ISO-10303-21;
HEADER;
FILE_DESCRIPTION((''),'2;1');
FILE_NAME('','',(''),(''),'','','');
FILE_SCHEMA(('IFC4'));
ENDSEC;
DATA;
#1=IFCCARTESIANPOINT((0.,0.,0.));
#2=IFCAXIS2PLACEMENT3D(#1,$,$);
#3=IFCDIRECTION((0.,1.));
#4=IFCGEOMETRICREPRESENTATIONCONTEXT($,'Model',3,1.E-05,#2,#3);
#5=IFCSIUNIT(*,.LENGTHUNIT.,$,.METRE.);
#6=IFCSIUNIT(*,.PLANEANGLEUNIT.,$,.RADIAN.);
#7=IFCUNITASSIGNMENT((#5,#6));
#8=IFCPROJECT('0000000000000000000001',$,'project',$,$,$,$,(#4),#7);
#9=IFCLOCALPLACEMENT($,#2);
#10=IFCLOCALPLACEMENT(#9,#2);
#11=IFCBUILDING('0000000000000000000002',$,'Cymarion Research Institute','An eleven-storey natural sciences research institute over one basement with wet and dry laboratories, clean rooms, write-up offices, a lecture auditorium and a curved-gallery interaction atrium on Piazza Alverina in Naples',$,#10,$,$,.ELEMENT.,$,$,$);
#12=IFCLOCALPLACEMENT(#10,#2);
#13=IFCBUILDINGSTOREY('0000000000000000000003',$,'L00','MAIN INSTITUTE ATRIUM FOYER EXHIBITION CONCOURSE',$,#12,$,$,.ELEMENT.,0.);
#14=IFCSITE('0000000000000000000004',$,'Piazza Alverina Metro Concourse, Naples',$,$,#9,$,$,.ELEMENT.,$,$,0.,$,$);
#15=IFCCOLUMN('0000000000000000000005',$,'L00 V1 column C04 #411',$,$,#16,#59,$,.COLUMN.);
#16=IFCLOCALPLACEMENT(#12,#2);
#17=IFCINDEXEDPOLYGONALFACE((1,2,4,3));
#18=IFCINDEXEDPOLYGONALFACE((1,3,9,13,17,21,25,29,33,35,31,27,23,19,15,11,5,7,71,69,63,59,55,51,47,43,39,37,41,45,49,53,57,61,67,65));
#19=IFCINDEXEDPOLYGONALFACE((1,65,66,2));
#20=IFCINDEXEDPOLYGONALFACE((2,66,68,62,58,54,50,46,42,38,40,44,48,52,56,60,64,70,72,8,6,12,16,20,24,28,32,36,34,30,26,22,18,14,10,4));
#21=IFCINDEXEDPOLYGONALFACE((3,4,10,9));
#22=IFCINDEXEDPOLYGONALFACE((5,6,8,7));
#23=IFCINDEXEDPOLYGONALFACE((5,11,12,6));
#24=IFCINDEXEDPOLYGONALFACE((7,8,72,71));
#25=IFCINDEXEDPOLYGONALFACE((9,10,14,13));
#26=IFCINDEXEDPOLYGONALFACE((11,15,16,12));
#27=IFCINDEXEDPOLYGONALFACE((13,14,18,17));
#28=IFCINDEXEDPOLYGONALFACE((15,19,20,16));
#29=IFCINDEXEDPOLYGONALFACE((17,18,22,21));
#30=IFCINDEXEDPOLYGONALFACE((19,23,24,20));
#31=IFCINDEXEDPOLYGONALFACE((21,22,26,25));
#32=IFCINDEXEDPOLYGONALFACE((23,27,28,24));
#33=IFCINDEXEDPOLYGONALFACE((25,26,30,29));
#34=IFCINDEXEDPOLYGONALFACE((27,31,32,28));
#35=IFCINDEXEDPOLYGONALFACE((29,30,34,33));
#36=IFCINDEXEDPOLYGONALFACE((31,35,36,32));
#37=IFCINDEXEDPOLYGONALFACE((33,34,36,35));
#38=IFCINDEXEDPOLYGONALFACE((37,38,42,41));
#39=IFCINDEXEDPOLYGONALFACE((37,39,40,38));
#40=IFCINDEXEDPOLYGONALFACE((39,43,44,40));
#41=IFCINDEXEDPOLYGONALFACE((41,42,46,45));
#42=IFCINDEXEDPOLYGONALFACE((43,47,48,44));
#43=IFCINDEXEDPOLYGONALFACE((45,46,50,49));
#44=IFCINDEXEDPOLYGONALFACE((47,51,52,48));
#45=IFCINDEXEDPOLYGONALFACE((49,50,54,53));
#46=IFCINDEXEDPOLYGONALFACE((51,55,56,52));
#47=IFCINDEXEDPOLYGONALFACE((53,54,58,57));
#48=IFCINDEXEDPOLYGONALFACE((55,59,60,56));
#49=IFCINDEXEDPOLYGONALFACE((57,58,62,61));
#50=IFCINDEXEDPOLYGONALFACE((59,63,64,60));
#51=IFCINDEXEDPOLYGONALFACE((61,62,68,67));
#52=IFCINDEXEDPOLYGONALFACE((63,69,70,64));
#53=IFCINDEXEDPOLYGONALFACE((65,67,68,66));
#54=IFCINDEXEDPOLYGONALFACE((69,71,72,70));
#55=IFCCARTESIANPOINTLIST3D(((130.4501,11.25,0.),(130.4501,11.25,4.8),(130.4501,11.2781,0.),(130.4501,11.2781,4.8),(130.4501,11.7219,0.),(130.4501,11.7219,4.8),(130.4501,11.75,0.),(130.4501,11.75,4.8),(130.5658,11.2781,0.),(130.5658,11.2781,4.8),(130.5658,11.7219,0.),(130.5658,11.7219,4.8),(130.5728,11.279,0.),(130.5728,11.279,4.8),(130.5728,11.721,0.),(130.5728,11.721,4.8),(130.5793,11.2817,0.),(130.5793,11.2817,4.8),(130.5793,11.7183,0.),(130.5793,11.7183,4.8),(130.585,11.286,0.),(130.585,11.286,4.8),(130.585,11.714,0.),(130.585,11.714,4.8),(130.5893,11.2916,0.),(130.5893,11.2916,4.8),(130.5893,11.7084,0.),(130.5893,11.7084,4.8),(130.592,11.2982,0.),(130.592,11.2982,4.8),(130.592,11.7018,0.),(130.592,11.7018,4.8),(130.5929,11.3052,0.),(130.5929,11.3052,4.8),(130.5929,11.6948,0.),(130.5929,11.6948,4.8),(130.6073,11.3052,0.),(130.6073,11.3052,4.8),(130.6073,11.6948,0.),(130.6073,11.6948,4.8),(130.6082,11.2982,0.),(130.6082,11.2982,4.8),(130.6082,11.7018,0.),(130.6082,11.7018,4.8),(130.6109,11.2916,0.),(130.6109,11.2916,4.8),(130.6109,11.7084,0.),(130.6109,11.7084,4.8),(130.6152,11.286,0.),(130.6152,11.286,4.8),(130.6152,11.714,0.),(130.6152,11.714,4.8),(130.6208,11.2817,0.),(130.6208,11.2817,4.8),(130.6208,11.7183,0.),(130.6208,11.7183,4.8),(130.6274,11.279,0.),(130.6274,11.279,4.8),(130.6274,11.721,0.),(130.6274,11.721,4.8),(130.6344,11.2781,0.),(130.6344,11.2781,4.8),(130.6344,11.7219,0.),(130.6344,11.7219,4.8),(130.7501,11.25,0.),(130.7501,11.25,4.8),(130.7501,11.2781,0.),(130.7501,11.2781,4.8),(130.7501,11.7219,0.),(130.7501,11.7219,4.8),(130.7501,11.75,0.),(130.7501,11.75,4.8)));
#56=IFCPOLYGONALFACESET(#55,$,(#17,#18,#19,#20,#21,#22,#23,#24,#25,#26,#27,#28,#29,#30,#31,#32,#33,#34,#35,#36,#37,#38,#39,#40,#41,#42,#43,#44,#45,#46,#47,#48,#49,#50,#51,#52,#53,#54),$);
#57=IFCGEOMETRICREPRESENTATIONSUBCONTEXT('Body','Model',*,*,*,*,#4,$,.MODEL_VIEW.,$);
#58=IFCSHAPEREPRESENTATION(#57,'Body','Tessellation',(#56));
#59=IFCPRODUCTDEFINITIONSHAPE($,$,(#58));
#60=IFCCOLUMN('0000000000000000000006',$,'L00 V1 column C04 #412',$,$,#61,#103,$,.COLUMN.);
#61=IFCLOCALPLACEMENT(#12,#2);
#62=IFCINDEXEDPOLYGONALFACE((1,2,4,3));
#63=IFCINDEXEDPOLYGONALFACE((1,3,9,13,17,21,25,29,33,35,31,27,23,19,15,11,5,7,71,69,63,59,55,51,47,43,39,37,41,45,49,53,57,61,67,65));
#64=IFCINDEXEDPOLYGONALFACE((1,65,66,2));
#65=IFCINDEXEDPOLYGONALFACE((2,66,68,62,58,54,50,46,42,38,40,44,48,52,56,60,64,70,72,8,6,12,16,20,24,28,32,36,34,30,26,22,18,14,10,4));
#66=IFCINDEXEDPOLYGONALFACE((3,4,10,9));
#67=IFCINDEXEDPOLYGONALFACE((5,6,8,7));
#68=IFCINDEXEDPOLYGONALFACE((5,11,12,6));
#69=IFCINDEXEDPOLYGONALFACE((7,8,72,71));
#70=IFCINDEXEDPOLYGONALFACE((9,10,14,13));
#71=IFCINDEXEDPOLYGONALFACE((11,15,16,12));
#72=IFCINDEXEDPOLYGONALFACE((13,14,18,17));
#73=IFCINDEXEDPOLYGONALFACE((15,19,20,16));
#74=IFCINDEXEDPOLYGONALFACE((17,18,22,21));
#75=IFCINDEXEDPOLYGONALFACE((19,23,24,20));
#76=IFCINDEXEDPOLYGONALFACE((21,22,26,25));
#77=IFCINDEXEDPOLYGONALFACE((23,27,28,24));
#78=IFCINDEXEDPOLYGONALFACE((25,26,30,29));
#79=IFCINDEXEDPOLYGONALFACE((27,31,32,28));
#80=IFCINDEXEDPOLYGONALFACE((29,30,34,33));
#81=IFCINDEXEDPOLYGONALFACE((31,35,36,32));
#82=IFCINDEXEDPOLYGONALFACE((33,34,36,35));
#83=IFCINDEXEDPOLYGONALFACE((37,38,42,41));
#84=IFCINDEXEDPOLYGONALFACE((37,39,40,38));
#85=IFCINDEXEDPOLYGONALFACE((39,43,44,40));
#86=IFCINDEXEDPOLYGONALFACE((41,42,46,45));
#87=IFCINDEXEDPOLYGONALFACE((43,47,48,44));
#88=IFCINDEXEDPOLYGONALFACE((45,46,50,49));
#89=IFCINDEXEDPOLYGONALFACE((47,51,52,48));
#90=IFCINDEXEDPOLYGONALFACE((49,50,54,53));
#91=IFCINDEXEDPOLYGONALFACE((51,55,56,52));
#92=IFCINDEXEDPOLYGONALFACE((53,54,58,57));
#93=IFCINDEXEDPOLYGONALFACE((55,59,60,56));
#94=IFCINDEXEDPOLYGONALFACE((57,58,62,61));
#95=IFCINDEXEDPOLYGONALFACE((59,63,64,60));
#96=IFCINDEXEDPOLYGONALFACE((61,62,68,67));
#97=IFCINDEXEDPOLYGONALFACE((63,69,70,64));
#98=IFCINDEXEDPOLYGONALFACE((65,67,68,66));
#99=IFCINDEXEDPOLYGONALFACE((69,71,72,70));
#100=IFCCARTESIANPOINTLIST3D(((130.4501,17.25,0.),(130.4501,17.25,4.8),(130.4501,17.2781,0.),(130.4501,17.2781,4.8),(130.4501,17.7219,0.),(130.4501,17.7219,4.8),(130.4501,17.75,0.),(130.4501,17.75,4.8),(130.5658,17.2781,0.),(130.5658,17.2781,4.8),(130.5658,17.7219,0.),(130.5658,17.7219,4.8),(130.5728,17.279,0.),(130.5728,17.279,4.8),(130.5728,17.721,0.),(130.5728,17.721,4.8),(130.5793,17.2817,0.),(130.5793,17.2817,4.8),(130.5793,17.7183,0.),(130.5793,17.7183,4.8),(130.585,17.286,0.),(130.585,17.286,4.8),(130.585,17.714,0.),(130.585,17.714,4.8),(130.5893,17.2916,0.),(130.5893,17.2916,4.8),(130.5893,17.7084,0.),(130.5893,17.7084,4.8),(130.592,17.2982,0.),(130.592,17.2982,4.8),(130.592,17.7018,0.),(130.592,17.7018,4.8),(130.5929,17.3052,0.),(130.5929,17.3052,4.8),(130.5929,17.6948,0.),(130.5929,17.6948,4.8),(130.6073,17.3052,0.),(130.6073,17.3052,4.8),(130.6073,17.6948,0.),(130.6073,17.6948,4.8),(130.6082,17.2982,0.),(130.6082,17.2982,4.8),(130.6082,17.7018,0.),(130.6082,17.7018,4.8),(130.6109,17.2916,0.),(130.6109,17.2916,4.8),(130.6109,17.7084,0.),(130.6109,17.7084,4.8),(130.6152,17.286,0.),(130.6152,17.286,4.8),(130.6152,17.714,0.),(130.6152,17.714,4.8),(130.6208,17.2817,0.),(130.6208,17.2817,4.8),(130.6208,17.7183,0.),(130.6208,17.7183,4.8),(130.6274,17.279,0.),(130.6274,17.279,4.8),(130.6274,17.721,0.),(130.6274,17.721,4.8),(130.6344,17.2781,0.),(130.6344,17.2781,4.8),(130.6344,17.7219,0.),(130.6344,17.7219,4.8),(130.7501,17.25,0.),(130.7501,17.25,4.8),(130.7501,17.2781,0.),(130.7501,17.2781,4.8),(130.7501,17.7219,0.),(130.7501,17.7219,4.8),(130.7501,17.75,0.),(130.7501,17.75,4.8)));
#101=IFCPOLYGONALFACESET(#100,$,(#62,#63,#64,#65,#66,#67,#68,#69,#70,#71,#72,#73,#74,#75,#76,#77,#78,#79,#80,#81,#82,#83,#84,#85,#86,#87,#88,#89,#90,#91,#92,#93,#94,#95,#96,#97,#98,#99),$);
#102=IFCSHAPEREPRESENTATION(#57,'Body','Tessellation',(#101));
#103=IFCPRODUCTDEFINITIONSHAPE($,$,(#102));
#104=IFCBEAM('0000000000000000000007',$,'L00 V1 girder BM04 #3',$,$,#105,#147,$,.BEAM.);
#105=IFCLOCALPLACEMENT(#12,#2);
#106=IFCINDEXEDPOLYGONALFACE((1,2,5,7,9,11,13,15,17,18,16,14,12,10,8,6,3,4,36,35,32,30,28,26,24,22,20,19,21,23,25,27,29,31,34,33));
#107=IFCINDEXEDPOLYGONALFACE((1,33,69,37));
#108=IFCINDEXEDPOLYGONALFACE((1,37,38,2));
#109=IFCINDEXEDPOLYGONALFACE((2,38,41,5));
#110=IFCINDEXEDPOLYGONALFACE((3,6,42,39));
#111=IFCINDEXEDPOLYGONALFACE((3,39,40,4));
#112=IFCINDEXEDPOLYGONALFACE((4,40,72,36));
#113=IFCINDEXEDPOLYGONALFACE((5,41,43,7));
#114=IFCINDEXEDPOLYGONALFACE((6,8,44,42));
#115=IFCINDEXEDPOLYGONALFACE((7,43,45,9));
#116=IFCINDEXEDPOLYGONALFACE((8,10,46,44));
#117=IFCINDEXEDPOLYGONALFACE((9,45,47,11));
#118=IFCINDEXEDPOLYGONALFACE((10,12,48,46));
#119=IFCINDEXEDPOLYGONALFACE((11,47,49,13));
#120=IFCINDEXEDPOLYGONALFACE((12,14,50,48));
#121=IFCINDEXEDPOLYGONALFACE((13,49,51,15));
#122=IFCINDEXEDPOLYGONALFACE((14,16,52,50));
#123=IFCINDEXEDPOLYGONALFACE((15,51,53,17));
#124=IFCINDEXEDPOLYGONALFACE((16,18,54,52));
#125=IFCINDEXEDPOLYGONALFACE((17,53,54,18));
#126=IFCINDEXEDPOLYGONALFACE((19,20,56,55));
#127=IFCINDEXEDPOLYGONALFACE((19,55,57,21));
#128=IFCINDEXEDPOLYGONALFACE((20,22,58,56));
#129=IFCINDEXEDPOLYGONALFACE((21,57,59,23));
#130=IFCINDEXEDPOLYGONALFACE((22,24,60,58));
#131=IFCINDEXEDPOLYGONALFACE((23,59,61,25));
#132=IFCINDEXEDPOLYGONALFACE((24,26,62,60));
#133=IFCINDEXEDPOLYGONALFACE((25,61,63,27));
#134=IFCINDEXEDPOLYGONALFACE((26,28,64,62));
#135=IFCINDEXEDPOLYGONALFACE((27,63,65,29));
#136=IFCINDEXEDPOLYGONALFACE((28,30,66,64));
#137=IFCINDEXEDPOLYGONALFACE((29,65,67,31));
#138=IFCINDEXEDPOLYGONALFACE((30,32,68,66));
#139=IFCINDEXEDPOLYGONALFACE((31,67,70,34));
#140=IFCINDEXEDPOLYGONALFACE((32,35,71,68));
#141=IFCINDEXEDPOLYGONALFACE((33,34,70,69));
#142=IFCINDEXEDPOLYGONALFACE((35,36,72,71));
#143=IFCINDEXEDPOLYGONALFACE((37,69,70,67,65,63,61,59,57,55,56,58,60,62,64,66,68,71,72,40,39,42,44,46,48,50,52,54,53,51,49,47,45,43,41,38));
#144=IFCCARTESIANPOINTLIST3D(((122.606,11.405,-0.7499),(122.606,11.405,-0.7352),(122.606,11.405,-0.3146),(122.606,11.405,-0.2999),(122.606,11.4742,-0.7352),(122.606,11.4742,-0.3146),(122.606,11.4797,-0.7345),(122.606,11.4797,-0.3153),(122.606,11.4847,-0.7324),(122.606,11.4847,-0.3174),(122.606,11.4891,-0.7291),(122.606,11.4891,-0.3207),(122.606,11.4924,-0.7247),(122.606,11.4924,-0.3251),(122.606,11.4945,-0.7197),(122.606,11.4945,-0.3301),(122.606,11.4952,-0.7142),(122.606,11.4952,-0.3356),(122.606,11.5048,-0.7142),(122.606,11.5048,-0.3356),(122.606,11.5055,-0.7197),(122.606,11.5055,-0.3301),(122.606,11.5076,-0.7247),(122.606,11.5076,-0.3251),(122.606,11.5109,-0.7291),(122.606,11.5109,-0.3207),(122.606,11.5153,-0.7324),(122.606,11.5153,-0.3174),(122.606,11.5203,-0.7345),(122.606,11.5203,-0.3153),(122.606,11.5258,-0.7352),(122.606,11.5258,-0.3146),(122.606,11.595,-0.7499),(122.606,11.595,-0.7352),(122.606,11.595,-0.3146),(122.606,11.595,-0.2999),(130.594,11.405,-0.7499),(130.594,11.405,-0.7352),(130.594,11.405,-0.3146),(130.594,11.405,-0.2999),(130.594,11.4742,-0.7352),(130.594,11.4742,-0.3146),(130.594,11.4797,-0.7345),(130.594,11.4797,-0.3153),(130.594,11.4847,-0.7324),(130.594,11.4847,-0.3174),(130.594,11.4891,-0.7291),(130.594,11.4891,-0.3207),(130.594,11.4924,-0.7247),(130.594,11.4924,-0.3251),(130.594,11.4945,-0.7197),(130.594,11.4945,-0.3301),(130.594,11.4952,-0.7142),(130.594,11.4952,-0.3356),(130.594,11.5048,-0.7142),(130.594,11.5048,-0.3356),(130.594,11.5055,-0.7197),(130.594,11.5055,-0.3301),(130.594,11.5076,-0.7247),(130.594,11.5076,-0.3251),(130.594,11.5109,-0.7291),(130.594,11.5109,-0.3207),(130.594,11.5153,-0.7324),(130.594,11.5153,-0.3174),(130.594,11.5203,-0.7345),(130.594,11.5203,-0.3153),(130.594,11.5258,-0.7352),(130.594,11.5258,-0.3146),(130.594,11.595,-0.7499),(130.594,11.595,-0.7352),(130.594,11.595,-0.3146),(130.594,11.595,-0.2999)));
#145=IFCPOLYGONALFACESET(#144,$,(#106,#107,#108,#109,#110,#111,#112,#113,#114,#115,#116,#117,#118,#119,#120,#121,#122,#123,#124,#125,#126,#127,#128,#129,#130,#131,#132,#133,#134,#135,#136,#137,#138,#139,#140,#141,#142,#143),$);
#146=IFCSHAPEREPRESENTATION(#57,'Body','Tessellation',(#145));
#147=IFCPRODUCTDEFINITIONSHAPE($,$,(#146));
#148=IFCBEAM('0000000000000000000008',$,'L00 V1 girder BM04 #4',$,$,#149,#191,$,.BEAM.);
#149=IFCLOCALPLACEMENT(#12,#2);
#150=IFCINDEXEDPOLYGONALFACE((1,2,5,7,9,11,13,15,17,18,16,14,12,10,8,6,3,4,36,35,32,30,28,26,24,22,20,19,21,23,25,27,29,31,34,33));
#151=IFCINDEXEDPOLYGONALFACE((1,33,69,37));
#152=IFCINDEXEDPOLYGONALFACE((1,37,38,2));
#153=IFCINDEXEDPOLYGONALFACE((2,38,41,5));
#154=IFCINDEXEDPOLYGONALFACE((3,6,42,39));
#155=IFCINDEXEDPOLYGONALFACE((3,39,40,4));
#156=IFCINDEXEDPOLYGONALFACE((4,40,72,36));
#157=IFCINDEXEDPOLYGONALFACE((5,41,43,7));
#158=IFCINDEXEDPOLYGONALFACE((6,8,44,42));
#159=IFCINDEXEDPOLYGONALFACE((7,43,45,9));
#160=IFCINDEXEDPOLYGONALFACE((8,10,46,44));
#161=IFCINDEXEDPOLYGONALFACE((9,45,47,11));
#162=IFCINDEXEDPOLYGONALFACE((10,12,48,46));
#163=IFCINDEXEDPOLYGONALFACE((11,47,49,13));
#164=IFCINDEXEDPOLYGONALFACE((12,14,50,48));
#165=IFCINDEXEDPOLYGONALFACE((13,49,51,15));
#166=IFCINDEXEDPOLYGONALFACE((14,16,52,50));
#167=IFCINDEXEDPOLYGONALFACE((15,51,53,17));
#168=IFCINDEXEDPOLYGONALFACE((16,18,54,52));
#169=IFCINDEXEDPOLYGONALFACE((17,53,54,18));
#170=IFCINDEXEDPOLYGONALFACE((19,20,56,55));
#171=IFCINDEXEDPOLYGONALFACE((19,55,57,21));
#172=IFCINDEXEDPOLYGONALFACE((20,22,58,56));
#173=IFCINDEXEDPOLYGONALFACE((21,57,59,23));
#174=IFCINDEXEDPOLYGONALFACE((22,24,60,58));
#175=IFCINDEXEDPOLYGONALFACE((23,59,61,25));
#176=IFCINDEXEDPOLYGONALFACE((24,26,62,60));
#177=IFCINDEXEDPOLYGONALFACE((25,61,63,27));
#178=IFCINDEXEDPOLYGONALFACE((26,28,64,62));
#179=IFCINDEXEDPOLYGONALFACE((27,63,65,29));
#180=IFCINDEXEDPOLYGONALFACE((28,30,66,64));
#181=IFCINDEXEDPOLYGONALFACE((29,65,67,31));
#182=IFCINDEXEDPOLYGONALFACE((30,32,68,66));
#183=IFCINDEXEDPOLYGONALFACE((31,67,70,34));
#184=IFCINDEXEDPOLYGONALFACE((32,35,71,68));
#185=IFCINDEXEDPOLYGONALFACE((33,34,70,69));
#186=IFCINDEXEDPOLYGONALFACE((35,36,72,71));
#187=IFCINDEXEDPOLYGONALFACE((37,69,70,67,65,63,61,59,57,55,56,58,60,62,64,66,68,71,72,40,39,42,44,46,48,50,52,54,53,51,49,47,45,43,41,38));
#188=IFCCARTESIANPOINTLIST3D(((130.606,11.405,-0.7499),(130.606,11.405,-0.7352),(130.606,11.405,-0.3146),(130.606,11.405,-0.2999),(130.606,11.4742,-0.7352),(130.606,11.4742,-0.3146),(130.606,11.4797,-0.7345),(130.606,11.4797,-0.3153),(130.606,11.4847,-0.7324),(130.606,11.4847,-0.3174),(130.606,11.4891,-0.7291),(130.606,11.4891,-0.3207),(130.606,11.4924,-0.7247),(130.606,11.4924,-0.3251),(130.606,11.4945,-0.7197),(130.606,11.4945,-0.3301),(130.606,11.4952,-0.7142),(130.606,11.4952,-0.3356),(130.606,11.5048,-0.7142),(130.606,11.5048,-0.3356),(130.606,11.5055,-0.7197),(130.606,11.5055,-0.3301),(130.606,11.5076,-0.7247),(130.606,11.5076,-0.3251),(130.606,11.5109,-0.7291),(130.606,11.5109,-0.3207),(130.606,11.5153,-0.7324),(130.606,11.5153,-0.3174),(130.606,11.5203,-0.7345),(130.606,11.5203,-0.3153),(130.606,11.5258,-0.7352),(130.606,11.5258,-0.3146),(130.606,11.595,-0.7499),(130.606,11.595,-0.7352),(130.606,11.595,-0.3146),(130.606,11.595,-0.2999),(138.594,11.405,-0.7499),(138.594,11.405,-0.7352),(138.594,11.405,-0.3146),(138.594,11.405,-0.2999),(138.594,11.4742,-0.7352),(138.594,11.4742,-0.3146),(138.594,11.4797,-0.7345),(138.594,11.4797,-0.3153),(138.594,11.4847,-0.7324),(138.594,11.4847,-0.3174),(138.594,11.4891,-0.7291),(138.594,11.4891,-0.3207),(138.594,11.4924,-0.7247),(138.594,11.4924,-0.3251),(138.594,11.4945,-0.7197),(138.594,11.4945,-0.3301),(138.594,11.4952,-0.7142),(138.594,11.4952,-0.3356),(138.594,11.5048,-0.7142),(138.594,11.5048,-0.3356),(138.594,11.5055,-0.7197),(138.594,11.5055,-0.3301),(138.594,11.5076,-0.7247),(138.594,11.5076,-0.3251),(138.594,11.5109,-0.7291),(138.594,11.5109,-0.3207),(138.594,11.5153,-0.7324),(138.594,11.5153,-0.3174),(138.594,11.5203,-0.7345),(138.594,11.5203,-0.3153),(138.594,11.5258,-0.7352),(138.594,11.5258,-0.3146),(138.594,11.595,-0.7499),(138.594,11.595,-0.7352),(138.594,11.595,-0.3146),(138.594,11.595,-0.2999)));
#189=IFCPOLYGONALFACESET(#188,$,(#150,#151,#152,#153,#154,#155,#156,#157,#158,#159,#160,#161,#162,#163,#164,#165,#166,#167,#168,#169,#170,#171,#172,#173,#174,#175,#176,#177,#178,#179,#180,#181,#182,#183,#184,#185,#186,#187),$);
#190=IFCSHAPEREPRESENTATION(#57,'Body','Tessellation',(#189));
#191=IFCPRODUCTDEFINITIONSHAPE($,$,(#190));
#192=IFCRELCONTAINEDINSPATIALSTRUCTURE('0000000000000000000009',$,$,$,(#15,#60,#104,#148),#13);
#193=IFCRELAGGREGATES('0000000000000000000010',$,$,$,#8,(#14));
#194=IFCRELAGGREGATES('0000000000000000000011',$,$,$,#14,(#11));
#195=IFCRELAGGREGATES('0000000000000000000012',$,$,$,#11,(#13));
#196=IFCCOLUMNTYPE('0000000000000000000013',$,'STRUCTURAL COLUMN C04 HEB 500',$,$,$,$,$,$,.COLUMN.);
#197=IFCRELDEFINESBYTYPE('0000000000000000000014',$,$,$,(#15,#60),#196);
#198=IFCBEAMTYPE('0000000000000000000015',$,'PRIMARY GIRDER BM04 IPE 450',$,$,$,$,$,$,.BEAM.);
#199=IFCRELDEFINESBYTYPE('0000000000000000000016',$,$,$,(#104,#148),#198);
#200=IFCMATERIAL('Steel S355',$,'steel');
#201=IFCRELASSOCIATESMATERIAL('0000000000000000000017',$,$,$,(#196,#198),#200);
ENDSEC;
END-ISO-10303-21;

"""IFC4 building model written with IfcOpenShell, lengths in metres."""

from ifc_helpers import new_model, si_unit, direction, frame, origin, origin_2d, place, context, subcontext, project, spatial, i_section, extrude, material, material_profile, profile_set, type_object, element, save


model = new_model("IFC4")

# Units and contexts
model_context = context("Model", 3, precision=1e-05, world=origin(), true_north=direction((0.0, 1.0)))
body_context = subcontext(model_context, "Body", "Model", "MODEL_VIEW")
ifc_project = project(units=[si_unit("LENGTHUNIT", "METRE"), si_unit("PLANEANGLEUNIT", "RADIAN")], contexts=[model_context])

# Site, building, storey
site_placement = place(None, origin())
site = spatial("IfcSite", under=ifc_project, at=site_placement, Name="Piazza Alverina Metro Concourse, Naples", CompositionType="ELEMENT", RefElevation=0.0)
building_placement = place(site_placement, origin())
building = spatial("IfcBuilding", under=site, at=building_placement, Name="Cymarion Research Institute", Description="An eleven-storey natural sciences research institute over one basement with wet and dry laboratories, clean rooms, write-up offices, a lecture auditorium and a curved-gallery interaction atrium on Piazza Alverina in Naples", CompositionType="ELEMENT")
storey_placement = place(building_placement, origin())
storey = spatial("IfcBuildingStorey", under=building, at=storey_placement, Name="L00", Description="MAIN INSTITUTE ATRIUM FOYER EXHIBITION CONCOURSE", CompositionType="ELEMENT", Elevation=0.0)

# Columns
ifc_material_1 = material(Name="Steel S355", Category="steel")
ifc_material_profile_1 = material_profile(ifc_material_1, i_section(OverallWidth=0.3, OverallDepth=0.5, WebThickness=0.0144, FlangeThickness=0.0281, FilletRadius=0.0271, at=origin_2d()), Name="HEB 500")
ifc_profile_set_1 = profile_set([ifc_material_profile_1], Name="Steel S355")
column_type = type_object("IfcColumnType", Name="STRUCTURAL COLUMN C04 HEB 500", PredefinedType="COLUMN", material=ifc_profile_set_1)
for number, where, z_axis, x_axis, name in (
    (1, (130.6001, 11.5, 0.0), (0.0, 0.0, 1.0), (1.0, 0.0, 0.0), "L00 V1 column C04 #411"),
    (2, (130.6001, 17.5, 0.0), (0.0, 0.0, 1.0), (1.0, 0.0, 0.0), "L00 V1 column C04 #412"),
):
    element("IfcColumn", number, at=place(storey_placement, frame(where, z_axis=z_axis, x_axis=x_axis)), inside=storey, type_object=column_type, Name=name, PredefinedType="COLUMN", context=body_context, shape_type="SweptSolid", body=[
        extrude(i_section(OverallWidth=0.3, OverallDepth=0.5, WebThickness=0.0144, FlangeThickness=0.0281, FilletRadius=0.0271, at=origin_2d()), origin(), (0.0, 0.0, 1.0), 4.8),
    ])

# Beams
ifc_material_profile_2 = material_profile(ifc_material_1, i_section(OverallWidth=0.1899, OverallDepth=0.45, WebThickness=0.0095, FlangeThickness=0.0146, FilletRadius=0.021, at=origin_2d()), Name="IPE 450")
ifc_profile_set_2 = profile_set([ifc_material_profile_2], Name="Steel S355")
beam_type_1 = type_object("IfcBeamType", Name="PRIMARY GIRDER BM04 IPE 450", PredefinedType="BEAM", material=ifc_profile_set_2)
for number, where, z_axis, x_axis, name in (
    (3, (122.606, 11.5, -0.5249), (1.0, 0.0, 0.0), (0.0, 1.0, 0.0), "L00 V1 girder BM04 #3"),
    (4, (130.606, 11.5, -0.5249), (1.0, 0.0, 0.0), (0.0, 1.0, 0.0), "L00 V1 girder BM04 #4"),
):
    element("IfcBeam", number, at=place(storey_placement, frame(where, z_axis=z_axis, x_axis=x_axis)), inside=storey, type_object=beam_type_1, Name=name, PredefinedType="BEAM", context=body_context, shape_type="SweptSolid", body=[
        extrude(i_section(OverallWidth=0.1899, OverallDepth=0.45, WebThickness=0.0095, FlangeThickness=0.0146, FilletRadius=0.021, at=origin_2d()), origin(), (0.0, 0.0, 1.0), 7.988),
    ])

save(model, "model.ifc")
